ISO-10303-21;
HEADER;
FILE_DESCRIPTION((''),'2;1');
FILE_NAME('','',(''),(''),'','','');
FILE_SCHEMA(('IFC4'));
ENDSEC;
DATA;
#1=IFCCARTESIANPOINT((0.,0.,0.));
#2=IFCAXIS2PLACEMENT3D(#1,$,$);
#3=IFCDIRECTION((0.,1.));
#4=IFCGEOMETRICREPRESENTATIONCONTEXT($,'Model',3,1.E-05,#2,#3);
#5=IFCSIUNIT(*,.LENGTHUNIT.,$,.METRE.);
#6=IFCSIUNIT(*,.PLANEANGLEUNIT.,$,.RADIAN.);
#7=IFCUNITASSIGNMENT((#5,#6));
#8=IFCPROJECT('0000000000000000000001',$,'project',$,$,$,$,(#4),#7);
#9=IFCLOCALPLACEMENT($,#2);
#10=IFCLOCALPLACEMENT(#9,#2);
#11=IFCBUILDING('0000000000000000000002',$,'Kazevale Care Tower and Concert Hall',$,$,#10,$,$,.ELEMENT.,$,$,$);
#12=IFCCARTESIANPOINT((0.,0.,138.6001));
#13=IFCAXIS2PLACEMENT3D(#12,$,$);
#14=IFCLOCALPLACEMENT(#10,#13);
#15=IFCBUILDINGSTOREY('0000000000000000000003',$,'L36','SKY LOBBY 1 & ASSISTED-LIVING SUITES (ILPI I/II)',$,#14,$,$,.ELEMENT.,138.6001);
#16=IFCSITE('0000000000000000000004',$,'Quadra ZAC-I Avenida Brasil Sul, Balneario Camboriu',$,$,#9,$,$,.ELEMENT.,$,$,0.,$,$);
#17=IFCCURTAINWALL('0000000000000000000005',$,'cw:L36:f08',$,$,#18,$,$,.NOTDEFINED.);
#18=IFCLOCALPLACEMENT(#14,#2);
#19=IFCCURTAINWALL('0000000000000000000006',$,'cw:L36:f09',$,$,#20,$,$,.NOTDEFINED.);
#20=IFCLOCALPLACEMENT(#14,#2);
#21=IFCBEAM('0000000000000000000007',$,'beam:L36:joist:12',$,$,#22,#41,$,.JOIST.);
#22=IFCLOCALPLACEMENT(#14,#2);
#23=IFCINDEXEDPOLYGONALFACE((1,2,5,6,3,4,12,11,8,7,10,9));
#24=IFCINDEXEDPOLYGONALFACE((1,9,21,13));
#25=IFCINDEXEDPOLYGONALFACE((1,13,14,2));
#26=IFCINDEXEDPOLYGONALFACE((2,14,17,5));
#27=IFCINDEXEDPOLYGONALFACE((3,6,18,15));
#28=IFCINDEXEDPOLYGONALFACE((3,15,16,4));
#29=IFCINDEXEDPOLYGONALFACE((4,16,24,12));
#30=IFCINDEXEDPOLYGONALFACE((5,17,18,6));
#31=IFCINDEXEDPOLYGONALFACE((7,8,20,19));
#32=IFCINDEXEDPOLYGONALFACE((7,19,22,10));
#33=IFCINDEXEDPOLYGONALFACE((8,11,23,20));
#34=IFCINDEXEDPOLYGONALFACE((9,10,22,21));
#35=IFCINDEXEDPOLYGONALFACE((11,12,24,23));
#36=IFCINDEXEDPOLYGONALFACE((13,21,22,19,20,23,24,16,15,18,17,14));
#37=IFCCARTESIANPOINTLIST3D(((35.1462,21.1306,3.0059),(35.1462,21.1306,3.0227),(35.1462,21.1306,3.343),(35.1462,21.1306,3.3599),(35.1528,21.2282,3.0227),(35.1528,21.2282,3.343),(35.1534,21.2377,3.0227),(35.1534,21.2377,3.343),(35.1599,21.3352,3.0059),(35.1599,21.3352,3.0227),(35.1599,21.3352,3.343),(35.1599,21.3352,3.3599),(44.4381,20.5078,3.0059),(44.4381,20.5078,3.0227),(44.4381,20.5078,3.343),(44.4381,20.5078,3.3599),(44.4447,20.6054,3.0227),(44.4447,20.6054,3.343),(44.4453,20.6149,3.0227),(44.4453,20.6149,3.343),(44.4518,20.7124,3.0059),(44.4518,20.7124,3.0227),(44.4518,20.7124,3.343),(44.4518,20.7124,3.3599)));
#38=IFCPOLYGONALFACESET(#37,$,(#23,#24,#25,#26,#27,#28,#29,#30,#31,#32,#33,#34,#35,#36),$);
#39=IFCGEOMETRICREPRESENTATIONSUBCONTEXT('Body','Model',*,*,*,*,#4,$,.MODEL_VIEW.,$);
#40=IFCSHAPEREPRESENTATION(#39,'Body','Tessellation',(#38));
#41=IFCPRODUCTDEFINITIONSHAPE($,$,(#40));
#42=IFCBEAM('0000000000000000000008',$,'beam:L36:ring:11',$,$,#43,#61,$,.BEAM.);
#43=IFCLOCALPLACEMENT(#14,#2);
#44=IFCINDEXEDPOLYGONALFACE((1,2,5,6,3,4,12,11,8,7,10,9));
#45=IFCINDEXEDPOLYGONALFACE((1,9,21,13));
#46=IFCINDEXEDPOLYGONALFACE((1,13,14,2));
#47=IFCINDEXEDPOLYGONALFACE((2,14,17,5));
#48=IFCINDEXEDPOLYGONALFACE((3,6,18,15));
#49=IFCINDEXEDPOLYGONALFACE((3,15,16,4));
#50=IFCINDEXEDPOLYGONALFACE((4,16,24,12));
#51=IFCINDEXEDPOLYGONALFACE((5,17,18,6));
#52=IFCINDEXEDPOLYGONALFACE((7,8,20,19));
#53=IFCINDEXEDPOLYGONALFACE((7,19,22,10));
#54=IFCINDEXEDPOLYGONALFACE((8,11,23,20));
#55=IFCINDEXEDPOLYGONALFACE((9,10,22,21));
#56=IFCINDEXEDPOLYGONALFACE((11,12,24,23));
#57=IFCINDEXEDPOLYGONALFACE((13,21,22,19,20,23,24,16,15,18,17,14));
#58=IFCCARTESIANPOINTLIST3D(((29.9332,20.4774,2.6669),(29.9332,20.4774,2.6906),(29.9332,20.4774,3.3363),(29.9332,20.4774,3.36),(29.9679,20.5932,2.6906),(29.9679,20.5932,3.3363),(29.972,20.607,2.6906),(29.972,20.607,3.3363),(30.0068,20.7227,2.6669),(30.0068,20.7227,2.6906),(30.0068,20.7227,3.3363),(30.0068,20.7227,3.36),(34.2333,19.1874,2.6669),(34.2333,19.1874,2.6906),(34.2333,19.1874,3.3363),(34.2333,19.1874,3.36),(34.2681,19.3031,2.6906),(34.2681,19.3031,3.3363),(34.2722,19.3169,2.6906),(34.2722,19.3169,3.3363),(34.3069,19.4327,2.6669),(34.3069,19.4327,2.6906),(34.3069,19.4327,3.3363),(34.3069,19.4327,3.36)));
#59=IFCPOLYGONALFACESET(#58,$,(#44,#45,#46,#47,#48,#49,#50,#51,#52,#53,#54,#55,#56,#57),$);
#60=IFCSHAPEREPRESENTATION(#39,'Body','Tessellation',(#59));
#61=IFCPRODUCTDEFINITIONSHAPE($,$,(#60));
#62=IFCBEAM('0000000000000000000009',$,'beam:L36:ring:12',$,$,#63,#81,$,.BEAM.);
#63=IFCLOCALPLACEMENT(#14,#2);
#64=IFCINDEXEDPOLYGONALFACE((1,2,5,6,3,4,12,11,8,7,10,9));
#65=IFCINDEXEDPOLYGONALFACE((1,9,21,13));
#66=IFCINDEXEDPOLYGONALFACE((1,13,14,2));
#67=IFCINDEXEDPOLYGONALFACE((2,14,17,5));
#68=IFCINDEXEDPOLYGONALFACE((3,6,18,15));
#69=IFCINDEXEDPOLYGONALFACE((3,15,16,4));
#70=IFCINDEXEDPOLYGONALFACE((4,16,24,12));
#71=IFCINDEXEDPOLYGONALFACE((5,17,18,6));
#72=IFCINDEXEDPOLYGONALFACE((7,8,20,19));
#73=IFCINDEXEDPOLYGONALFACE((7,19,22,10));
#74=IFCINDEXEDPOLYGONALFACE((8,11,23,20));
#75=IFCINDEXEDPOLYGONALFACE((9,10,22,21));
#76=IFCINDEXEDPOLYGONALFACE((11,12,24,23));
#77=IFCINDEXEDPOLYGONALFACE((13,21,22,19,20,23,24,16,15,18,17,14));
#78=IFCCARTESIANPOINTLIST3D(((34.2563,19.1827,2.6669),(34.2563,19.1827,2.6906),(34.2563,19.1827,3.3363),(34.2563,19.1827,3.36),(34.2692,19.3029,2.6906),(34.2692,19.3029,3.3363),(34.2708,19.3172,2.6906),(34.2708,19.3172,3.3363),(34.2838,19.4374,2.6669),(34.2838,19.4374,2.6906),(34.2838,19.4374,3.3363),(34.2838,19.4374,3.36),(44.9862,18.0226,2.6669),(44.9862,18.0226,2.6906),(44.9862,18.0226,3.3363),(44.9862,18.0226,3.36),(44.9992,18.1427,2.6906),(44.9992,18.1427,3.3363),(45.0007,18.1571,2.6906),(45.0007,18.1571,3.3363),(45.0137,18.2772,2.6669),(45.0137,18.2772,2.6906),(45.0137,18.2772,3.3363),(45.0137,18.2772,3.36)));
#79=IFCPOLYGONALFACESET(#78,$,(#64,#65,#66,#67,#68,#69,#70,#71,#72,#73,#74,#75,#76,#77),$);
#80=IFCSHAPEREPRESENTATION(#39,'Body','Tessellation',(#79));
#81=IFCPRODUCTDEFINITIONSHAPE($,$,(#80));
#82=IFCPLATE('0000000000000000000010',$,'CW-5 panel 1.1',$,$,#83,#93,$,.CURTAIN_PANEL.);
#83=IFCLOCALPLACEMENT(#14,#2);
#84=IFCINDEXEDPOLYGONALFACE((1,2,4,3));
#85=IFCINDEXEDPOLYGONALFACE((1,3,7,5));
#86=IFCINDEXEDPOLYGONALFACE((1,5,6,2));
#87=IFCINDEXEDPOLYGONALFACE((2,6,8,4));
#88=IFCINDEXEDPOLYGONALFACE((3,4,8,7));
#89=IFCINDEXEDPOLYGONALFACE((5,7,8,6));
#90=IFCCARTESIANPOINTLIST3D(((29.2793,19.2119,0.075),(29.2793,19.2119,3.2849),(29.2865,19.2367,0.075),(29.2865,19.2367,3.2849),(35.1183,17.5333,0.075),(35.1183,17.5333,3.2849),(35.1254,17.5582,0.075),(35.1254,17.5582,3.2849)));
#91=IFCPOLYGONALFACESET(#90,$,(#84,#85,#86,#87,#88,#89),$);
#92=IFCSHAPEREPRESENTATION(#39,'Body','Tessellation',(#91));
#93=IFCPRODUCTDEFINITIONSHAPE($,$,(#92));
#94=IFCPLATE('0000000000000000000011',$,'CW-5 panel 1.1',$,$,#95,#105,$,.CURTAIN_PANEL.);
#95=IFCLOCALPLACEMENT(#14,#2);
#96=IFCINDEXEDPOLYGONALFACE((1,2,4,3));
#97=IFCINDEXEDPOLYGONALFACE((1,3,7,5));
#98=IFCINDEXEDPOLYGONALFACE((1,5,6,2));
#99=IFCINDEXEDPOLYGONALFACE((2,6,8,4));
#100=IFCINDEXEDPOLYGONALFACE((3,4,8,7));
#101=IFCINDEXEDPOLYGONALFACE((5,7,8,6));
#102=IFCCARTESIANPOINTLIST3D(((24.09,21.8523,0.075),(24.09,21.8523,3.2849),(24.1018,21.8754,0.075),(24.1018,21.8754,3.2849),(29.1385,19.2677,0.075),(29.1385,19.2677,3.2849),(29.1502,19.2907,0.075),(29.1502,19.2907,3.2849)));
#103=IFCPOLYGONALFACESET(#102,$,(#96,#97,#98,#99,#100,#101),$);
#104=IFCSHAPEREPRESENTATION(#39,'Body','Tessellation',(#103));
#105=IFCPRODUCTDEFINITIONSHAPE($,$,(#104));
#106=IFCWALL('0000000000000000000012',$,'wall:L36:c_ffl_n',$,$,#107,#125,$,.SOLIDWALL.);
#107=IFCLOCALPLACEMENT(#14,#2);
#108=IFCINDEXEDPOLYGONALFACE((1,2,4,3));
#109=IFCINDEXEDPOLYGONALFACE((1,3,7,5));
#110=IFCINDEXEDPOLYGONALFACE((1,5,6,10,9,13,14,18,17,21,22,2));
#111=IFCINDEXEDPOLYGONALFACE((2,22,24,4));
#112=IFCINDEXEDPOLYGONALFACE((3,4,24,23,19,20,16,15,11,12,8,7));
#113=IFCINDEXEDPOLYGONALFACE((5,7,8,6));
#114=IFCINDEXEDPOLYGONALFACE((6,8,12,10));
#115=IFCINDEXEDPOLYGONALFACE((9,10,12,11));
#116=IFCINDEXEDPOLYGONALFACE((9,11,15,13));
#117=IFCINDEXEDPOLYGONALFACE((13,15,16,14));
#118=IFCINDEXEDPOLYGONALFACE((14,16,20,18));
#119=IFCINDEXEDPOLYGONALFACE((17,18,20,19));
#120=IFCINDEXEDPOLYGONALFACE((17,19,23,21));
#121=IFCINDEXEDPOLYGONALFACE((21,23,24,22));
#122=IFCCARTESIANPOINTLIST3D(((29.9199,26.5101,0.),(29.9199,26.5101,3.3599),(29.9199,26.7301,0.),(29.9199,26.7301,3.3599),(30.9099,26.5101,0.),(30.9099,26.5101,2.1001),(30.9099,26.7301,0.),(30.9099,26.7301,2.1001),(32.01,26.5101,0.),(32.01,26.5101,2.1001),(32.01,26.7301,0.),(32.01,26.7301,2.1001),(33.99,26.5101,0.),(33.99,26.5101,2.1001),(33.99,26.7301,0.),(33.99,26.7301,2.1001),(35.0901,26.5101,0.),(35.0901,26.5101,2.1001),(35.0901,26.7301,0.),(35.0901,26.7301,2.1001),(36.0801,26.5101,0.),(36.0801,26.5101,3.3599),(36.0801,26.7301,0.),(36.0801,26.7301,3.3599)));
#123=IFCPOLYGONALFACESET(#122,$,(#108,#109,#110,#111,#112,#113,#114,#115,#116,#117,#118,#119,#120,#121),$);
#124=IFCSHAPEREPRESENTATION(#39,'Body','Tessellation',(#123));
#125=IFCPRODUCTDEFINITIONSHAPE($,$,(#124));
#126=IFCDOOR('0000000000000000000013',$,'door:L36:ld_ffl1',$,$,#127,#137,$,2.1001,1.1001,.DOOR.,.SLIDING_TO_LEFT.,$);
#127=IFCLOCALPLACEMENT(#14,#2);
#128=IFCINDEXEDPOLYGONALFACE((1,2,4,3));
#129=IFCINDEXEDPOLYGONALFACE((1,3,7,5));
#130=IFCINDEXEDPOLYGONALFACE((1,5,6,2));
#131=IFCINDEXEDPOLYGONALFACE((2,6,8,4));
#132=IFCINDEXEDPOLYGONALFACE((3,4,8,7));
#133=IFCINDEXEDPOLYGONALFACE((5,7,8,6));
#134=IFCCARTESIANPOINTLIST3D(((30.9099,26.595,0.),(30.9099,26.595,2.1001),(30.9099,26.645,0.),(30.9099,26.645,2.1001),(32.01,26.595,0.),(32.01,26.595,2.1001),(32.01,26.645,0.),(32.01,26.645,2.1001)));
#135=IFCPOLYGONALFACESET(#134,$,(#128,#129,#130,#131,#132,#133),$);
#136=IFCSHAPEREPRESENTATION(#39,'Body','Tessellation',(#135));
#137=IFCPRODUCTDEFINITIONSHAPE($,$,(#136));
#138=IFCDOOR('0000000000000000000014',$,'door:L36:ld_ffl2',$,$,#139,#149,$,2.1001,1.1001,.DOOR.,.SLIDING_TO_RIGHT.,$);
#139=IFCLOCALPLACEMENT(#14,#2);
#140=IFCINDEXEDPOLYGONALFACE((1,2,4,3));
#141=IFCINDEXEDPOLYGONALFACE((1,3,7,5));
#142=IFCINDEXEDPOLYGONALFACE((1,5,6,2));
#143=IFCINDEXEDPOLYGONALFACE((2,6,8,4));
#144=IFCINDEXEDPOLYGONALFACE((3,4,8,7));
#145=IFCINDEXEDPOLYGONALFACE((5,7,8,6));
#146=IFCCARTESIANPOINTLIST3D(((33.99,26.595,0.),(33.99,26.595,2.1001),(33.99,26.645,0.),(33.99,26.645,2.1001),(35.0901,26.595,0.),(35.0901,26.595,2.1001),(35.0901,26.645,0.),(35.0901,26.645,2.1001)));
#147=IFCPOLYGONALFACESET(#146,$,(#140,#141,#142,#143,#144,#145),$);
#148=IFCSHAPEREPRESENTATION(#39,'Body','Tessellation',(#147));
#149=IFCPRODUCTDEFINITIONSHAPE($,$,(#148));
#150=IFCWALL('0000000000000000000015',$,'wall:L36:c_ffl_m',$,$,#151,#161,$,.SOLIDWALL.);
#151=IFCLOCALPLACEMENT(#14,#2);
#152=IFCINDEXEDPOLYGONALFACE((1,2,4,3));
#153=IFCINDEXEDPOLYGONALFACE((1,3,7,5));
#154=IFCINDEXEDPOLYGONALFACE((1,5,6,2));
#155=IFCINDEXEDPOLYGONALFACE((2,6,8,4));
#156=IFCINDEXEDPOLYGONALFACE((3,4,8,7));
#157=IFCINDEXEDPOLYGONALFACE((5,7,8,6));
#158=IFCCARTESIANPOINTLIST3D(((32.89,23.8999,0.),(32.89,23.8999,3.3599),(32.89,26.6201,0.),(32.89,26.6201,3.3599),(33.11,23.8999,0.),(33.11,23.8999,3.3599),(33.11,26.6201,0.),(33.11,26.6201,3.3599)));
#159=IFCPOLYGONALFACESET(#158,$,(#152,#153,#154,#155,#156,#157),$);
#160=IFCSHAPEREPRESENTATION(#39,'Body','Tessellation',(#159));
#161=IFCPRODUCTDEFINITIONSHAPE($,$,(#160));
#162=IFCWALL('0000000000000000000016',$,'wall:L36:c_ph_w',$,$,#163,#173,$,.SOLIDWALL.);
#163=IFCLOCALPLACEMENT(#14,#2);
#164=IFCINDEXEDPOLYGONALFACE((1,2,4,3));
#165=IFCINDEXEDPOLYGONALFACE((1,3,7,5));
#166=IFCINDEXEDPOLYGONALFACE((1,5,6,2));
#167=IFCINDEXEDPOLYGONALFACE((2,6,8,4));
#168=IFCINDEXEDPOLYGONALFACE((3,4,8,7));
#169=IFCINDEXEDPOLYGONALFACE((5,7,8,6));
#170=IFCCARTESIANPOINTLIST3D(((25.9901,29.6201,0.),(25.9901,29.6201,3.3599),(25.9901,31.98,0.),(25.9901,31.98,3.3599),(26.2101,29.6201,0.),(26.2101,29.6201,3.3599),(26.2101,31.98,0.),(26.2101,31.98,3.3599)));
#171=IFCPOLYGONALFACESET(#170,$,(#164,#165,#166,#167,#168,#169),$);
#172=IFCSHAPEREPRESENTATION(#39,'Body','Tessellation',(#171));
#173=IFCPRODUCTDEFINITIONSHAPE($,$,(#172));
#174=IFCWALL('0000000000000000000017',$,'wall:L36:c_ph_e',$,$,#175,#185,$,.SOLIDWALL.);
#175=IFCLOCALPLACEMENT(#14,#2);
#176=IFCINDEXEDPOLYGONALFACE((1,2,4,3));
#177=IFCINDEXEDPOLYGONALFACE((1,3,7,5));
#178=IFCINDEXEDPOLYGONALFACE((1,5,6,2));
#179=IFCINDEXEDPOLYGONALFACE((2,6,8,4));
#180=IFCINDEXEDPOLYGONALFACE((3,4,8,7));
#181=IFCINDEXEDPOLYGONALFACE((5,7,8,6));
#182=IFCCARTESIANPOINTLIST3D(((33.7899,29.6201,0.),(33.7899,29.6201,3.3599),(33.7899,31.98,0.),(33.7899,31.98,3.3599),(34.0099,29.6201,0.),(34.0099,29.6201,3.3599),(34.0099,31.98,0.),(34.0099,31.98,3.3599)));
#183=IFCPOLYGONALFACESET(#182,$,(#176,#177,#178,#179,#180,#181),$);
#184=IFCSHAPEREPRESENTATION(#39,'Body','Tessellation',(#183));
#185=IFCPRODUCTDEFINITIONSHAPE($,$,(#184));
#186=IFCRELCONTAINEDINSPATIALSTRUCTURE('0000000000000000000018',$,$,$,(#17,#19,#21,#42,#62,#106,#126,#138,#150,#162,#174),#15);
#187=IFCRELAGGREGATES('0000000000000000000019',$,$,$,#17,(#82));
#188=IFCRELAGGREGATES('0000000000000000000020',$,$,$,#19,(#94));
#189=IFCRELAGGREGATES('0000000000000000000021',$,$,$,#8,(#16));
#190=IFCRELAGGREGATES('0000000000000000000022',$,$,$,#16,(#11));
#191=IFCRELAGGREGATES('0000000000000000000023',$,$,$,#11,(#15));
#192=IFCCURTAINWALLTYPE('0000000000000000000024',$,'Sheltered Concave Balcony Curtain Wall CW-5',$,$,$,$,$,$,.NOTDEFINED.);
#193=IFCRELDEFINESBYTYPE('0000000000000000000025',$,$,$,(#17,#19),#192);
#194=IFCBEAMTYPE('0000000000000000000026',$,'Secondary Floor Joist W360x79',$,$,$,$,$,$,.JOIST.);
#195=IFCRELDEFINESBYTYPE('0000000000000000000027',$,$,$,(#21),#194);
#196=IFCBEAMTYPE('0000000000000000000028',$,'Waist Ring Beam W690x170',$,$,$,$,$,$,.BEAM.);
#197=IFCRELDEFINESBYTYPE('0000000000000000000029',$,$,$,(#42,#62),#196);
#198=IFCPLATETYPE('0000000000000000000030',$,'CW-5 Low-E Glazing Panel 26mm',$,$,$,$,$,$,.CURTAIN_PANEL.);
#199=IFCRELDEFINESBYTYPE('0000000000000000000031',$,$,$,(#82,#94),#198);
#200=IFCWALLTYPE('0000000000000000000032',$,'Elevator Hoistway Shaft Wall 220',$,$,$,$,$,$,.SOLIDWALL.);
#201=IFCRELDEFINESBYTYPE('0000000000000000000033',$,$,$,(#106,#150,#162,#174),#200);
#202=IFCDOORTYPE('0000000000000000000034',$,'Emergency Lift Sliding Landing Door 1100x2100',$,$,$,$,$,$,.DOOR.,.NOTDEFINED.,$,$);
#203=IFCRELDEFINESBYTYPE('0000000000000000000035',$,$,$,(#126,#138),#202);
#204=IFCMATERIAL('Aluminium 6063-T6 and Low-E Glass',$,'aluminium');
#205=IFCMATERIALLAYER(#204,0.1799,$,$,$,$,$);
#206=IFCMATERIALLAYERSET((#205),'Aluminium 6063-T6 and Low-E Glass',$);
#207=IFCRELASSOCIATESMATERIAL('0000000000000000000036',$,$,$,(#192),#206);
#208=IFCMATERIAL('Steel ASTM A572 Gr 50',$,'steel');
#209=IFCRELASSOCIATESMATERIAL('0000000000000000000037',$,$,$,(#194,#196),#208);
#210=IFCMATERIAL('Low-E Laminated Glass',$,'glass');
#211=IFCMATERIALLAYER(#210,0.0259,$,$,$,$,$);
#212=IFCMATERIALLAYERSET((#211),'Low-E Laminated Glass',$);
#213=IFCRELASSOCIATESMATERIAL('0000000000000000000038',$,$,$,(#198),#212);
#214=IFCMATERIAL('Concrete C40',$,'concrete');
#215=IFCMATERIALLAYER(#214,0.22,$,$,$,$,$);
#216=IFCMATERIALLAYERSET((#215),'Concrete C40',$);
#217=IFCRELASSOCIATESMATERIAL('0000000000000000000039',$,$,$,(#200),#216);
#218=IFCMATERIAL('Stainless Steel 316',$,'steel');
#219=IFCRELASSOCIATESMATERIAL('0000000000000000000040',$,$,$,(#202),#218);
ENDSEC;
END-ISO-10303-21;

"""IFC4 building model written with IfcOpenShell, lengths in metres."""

from ifc_helpers import new_model, si_unit, direction, frame, frame_2d, origin, origin_2d, place, context, subcontext, project, spatial, rectangle, i_section, extrude, material, layer, layer_set, material_profile, profile_set, type_object, element, fill, aggregate, save


model = new_model("IFC4")

# Units and contexts
model_context = context("Model", 3, precision=1e-05, world=origin(), true_north=direction((0.0, 1.0)))
body_context = subcontext(model_context, "Body", "Model", "MODEL_VIEW")
ifc_project = project(units=[si_unit("LENGTHUNIT", "METRE"), si_unit("PLANEANGLEUNIT", "RADIAN")], contexts=[model_context])

# Site, building, storey
site_placement = place(None, origin())
site = spatial("IfcSite", under=ifc_project, at=site_placement, Name="Quadra ZAC-I Avenida Brasil Sul, Balneario Camboriu", CompositionType="ELEMENT", RefElevation=0.0)
building_placement = place(site_placement, origin())
building = spatial("IfcBuilding", under=site, at=building_placement, Name="Kazevale Care Tower and Concert Hall", CompositionType="ELEMENT")
storey_placement = place(building_placement, frame((0.0, 0.0, 138.6001)))
storey = spatial("IfcBuildingStorey", under=building, at=storey_placement, Name="L36", Description="SKY LOBBY 1 & ASSISTED-LIVING SUITES (ILPI I/II)", CompositionType="ELEMENT", Elevation=138.6001)

# Shared definitions
ifc_material_1 = material(Name="Aluminium 6063-T6 and Low-E Glass", Category="aluminium")
ifc_layer_1 = layer(ifc_material_1, 0.1799)
ifc_layer_set_1 = layer_set([ifc_layer_1], Name="Aluminium 6063-T6 and Low-E Glass")
curtain_wall_type = type_object("IfcCurtainWallType", Name="Sheltered Concave Balcony Curtain Wall CW-5", PredefinedType="NOTDEFINED", material=ifc_layer_set_1)

# Curtain wall
curtain_wall_1_placement = place(storey_placement, origin())
curtain_wall_1 = element("IfcCurtainWall", 1, at=curtain_wall_1_placement, inside=storey, type_object=curtain_wall_type, Name="cw:L36:f08", PredefinedType="NOTDEFINED")

# Curtain wall
curtain_wall_2_placement = place(storey_placement, origin())
curtain_wall_2 = element("IfcCurtainWall", 2, at=curtain_wall_2_placement, inside=storey, type_object=curtain_wall_type, Name="cw:L36:f09", PredefinedType="NOTDEFINED")

# Beams
ifc_material_2 = material(Name="Steel ASTM A572 Gr 50", Category="steel")
ifc_material_profile_1 = material_profile(ifc_material_2, i_section(OverallWidth=0.2051, OverallDepth=0.354, WebThickness=0.0095, FlangeThickness=0.0168, at=origin_2d()), Name="W360x79")
ifc_profile_set_1 = profile_set([ifc_material_profile_1], Name="Steel ASTM A572 Gr 50")
beam_type_1 = type_object("IfcBeamType", Name="Secondary Floor Joist W360x79", PredefinedType="JOIST", material=ifc_profile_set_1)
beam_1_placement = place(storey_placement, frame((35.1531, 21.2329, 3.1829), z_axis=(0.997761, -0.066876, 0.0), x_axis=(0.066876, 0.997761, 0.0)))
element("IfcBeam", 3, at=beam_1_placement, inside=storey, type_object=beam_type_1, Name="beam:L36:joist:12", PredefinedType="JOIST", context=body_context, shape_type="SweptSolid", body=[
    extrude(i_section(OverallWidth=0.2051, OverallDepth=0.354, WebThickness=0.0095, FlangeThickness=0.0168, at=origin_2d()), origin(), (0.0, 0.0, 1.0), 9.3127),
])
ifc_material_profile_2 = material_profile(ifc_material_2, i_section(OverallWidth=0.2561, OverallDepth=0.6931, WebThickness=0.0144, FlangeThickness=0.0237, at=origin_2d()), Name="W690x170")
ifc_profile_set_2 = profile_set([ifc_material_profile_2], Name="Steel ASTM A572 Gr 50")
beam_type_2 = type_object("IfcBeamType", Name="Waist Ring Beam W690x170", PredefinedType="BEAM", material=ifc_profile_set_2)
beam_2_placement = place(storey_placement, frame((29.97, 20.6001, 3.0134), z_axis=(0.957825, -0.287353, 0.0), x_axis=(0.287353, 0.957825, 0.0)))
element("IfcBeam", 4, at=beam_2_placement, inside=storey, type_object=beam_type_2, Name="beam:L36:ring:11", PredefinedType="BEAM", context=body_context, shape_type="SweptSolid", body=[
    extrude(i_section(OverallWidth=0.2561, OverallDepth=0.6931, WebThickness=0.0144, FlangeThickness=0.0237, at=origin_2d()), origin(), (0.0, 0.0, 1.0), 4.4895),
])
beam_3_placement = place(storey_placement, frame((34.27, 19.3101, 3.0134), z_axis=(0.994205, -0.107496, 0.0), x_axis=(0.107496, 0.994205, 0.0)))
element("IfcBeam", 5, at=beam_3_placement, inside=storey, type_object=beam_type_2, Name="beam:L36:ring:12", PredefinedType="BEAM", context=body_context, shape_type="SweptSolid", body=[
    extrude(i_section(OverallWidth=0.2561, OverallDepth=0.6931, WebThickness=0.0144, FlangeThickness=0.0237, at=origin_2d()), origin(), (0.0, 0.0, 1.0), 10.7925),
])

# Plates
ifc_material_3 = material(Name="Low-E Laminated Glass", Category="glass")
ifc_layer_2 = layer(ifc_material_3, 0.0259)
ifc_layer_set_2 = layer_set([ifc_layer_2], Name="Low-E Laminated Glass")
plate_type = type_object("IfcPlateType", Name="CW-5 Low-E Glazing Panel 26mm", PredefinedType="CURTAIN_PANEL", material=ifc_layer_set_2)
plate_1_placement = place(storey_placement, frame((32.2024, 18.385, 0.075), z_axis=(0.0, 0.0, 1.0), x_axis=(-0.961074, 0.276291, 0.0)))
plate_1 = element("IfcPlate", 6, at=plate_1_placement, type_object=plate_type, Name="CW-5 panel 1.1", PredefinedType="CURTAIN_PANEL", context=body_context, shape_type="SweptSolid", body=[
    extrude(rectangle(XDim=6.0754, YDim=0.0259, at=origin_2d()), origin(), (0.0, 0.0, 1.0), 3.21),
])
aggregate(curtain_wall_1, [plate_1])
plate_2_placement = place(storey_placement, frame((26.6201, 20.5715, 0.075), z_axis=(0.0, 0.0, 1.0), x_axis=(-0.890127, 0.455713, 0.0)))
plate_2 = element("IfcPlate", 7, at=plate_2_placement, type_object=plate_type, Name="CW-5 panel 1.1", PredefinedType="CURTAIN_PANEL", context=body_context, shape_type="SweptSolid", body=[
    extrude(rectangle(XDim=5.6716, YDim=0.0259, at=origin_2d()), origin(), (0.0, 0.0, 1.0), 3.21),
])
aggregate(curtain_wall_2, [plate_2])

# Wall, openings, doors
ifc_material_4 = material(Name="Concrete C40", Category="concrete")
ifc_layer_3 = layer(ifc_material_4, 0.22)
ifc_layer_set_3 = layer_set([ifc_layer_3], Name="Concrete C40")
wall_type_1 = type_object("IfcWallType", Name="Elevator Hoistway Shaft Wall 220", PredefinedType="SOLIDWALL", material=ifc_layer_set_3)
wall_1_placement = place(storey_placement, frame((29.9199, 26.6201, 0.0), z_axis=(0.0, 0.0, 1.0), x_axis=(1.0, 0.0, 0.0)))
wall_1 = element("IfcWall", 8, at=wall_1_placement, inside=storey, type_object=wall_type_1, Name="wall:L36:c_ffl_n", PredefinedType="SOLIDWALL", context=body_context, shape_type="SweptSolid", body=[
    extrude(rectangle(XDim=6.1602, YDim=0.22, at=frame_2d((3.0801, 0.0))), origin(), (0.0, 0.0, 1.0), 3.3599),
])
opening_1_placement = place(wall_1_placement, frame((0.99, 0.0, 0.0)))
opening_1 = element("IfcOpeningElement", 9, at=opening_1_placement, cuts=wall_1, PredefinedType="OPENING", context=body_context, shape_type="SweptSolid", body=[
    extrude(rectangle(XDim=1.1001, YDim=2.1001, at=frame_2d((0.55, 1.05))), frame((0.0, 0.1199, 0.0), z_axis=(0.0, -1.0, 0.0), x_axis=(1.0, 0.0, 0.0)), (0.0, 0.0, 1.0), 0.24),
])
opening_2_placement = place(wall_1_placement, frame((4.0701, 0.0, 0.0)))
opening_2 = element("IfcOpeningElement", 10, at=opening_2_placement, cuts=wall_1, PredefinedType="OPENING", context=body_context, shape_type="SweptSolid", body=[
    extrude(rectangle(XDim=1.1001, YDim=2.1001, at=frame_2d((0.55, 1.05))), frame((0.0, 0.1199, 0.0), z_axis=(0.0, -1.0, 0.0), x_axis=(1.0, 0.0, 0.0)), (0.0, 0.0, 1.0), 0.24),
])
ifc_material_5 = material(Name="Stainless Steel 316", Category="steel")
door_type_1 = type_object("IfcDoorType", Name="Emergency Lift Sliding Landing Door 1100x2100", OperationType="NOTDEFINED", PredefinedType="DOOR", material=ifc_material_5)
door_1_placement = place(opening_1_placement, origin())
door_1 = element("IfcDoor", 11, at=door_1_placement, inside=storey, type_object=door_type_1, Name="door:L36:ld_ffl1", OperationType="SLIDING_TO_LEFT", OverallHeight=2.1001, OverallWidth=1.1001, PredefinedType="DOOR", context=body_context, shape_type="SweptSolid", body=[
    extrude(rectangle(XDim=1.1001, YDim=2.1001, at=frame_2d((0.55, 1.05))), frame((0.0, 0.0249, 0.0), z_axis=(0.0, -1.0, 0.0), x_axis=(1.0, 0.0, 0.0)), (0.0, 0.0, 1.0), 0.05),
])
fill(opening_1, door_1)
door_2_placement = place(opening_2_placement, origin())
door_2 = element("IfcDoor", 12, at=door_2_placement, inside=storey, type_object=door_type_1, Name="door:L36:ld_ffl2", OperationType="SLIDING_TO_RIGHT", OverallHeight=2.1001, OverallWidth=1.1001, PredefinedType="DOOR", context=body_context, shape_type="SweptSolid", body=[
    extrude(rectangle(XDim=1.1001, YDim=2.1001, at=frame_2d((0.55, 1.05))), frame((0.0, 0.0249, 0.0), z_axis=(0.0, -1.0, 0.0), x_axis=(1.0, 0.0, 0.0)), (0.0, 0.0, 1.0), 0.05),
])
fill(opening_2, door_2)

# Walls
wall_2_placement = place(storey_placement, frame((33.0, 23.8999, 0.0), z_axis=(0.0, 0.0, 1.0), x_axis=(0.0, 1.0, 0.0)))
element("IfcWall", 13, at=wall_2_placement, inside=storey, type_object=wall_type_1, Name="wall:L36:c_ffl_m", PredefinedType="SOLIDWALL", context=body_context, shape_type="SweptSolid", body=[
    extrude(rectangle(XDim=2.7202, YDim=0.22, at=frame_2d((1.3601, 0.0))), origin(), (0.0, 0.0, 1.0), 3.3599),
])
for number, where, z_axis, x_axis, name in (
    (14, (26.1001, 29.6201, 0.0), (0.0, 0.0, 1.0), (0.0, 1.0, 0.0), "wall:L36:c_ph_w"),
    (15, (33.8999, 29.6201, 0.0), (0.0, 0.0, 1.0), (0.0, 1.0, 0.0), "wall:L36:c_ph_e"),
):
    element("IfcWall", number, at=place(storey_placement, frame(where, z_axis=z_axis, x_axis=x_axis)), inside=storey, type_object=wall_type_1, Name=name, PredefinedType="SOLIDWALL", context=body_context, shape_type="SweptSolid", body=[
        extrude(rectangle(XDim=2.3599, YDim=0.22, at=frame_2d((1.1799, 0.0))), origin(), (0.0, 0.0, 1.0), 3.3599),
    ])

save(model, "model.ifc")
